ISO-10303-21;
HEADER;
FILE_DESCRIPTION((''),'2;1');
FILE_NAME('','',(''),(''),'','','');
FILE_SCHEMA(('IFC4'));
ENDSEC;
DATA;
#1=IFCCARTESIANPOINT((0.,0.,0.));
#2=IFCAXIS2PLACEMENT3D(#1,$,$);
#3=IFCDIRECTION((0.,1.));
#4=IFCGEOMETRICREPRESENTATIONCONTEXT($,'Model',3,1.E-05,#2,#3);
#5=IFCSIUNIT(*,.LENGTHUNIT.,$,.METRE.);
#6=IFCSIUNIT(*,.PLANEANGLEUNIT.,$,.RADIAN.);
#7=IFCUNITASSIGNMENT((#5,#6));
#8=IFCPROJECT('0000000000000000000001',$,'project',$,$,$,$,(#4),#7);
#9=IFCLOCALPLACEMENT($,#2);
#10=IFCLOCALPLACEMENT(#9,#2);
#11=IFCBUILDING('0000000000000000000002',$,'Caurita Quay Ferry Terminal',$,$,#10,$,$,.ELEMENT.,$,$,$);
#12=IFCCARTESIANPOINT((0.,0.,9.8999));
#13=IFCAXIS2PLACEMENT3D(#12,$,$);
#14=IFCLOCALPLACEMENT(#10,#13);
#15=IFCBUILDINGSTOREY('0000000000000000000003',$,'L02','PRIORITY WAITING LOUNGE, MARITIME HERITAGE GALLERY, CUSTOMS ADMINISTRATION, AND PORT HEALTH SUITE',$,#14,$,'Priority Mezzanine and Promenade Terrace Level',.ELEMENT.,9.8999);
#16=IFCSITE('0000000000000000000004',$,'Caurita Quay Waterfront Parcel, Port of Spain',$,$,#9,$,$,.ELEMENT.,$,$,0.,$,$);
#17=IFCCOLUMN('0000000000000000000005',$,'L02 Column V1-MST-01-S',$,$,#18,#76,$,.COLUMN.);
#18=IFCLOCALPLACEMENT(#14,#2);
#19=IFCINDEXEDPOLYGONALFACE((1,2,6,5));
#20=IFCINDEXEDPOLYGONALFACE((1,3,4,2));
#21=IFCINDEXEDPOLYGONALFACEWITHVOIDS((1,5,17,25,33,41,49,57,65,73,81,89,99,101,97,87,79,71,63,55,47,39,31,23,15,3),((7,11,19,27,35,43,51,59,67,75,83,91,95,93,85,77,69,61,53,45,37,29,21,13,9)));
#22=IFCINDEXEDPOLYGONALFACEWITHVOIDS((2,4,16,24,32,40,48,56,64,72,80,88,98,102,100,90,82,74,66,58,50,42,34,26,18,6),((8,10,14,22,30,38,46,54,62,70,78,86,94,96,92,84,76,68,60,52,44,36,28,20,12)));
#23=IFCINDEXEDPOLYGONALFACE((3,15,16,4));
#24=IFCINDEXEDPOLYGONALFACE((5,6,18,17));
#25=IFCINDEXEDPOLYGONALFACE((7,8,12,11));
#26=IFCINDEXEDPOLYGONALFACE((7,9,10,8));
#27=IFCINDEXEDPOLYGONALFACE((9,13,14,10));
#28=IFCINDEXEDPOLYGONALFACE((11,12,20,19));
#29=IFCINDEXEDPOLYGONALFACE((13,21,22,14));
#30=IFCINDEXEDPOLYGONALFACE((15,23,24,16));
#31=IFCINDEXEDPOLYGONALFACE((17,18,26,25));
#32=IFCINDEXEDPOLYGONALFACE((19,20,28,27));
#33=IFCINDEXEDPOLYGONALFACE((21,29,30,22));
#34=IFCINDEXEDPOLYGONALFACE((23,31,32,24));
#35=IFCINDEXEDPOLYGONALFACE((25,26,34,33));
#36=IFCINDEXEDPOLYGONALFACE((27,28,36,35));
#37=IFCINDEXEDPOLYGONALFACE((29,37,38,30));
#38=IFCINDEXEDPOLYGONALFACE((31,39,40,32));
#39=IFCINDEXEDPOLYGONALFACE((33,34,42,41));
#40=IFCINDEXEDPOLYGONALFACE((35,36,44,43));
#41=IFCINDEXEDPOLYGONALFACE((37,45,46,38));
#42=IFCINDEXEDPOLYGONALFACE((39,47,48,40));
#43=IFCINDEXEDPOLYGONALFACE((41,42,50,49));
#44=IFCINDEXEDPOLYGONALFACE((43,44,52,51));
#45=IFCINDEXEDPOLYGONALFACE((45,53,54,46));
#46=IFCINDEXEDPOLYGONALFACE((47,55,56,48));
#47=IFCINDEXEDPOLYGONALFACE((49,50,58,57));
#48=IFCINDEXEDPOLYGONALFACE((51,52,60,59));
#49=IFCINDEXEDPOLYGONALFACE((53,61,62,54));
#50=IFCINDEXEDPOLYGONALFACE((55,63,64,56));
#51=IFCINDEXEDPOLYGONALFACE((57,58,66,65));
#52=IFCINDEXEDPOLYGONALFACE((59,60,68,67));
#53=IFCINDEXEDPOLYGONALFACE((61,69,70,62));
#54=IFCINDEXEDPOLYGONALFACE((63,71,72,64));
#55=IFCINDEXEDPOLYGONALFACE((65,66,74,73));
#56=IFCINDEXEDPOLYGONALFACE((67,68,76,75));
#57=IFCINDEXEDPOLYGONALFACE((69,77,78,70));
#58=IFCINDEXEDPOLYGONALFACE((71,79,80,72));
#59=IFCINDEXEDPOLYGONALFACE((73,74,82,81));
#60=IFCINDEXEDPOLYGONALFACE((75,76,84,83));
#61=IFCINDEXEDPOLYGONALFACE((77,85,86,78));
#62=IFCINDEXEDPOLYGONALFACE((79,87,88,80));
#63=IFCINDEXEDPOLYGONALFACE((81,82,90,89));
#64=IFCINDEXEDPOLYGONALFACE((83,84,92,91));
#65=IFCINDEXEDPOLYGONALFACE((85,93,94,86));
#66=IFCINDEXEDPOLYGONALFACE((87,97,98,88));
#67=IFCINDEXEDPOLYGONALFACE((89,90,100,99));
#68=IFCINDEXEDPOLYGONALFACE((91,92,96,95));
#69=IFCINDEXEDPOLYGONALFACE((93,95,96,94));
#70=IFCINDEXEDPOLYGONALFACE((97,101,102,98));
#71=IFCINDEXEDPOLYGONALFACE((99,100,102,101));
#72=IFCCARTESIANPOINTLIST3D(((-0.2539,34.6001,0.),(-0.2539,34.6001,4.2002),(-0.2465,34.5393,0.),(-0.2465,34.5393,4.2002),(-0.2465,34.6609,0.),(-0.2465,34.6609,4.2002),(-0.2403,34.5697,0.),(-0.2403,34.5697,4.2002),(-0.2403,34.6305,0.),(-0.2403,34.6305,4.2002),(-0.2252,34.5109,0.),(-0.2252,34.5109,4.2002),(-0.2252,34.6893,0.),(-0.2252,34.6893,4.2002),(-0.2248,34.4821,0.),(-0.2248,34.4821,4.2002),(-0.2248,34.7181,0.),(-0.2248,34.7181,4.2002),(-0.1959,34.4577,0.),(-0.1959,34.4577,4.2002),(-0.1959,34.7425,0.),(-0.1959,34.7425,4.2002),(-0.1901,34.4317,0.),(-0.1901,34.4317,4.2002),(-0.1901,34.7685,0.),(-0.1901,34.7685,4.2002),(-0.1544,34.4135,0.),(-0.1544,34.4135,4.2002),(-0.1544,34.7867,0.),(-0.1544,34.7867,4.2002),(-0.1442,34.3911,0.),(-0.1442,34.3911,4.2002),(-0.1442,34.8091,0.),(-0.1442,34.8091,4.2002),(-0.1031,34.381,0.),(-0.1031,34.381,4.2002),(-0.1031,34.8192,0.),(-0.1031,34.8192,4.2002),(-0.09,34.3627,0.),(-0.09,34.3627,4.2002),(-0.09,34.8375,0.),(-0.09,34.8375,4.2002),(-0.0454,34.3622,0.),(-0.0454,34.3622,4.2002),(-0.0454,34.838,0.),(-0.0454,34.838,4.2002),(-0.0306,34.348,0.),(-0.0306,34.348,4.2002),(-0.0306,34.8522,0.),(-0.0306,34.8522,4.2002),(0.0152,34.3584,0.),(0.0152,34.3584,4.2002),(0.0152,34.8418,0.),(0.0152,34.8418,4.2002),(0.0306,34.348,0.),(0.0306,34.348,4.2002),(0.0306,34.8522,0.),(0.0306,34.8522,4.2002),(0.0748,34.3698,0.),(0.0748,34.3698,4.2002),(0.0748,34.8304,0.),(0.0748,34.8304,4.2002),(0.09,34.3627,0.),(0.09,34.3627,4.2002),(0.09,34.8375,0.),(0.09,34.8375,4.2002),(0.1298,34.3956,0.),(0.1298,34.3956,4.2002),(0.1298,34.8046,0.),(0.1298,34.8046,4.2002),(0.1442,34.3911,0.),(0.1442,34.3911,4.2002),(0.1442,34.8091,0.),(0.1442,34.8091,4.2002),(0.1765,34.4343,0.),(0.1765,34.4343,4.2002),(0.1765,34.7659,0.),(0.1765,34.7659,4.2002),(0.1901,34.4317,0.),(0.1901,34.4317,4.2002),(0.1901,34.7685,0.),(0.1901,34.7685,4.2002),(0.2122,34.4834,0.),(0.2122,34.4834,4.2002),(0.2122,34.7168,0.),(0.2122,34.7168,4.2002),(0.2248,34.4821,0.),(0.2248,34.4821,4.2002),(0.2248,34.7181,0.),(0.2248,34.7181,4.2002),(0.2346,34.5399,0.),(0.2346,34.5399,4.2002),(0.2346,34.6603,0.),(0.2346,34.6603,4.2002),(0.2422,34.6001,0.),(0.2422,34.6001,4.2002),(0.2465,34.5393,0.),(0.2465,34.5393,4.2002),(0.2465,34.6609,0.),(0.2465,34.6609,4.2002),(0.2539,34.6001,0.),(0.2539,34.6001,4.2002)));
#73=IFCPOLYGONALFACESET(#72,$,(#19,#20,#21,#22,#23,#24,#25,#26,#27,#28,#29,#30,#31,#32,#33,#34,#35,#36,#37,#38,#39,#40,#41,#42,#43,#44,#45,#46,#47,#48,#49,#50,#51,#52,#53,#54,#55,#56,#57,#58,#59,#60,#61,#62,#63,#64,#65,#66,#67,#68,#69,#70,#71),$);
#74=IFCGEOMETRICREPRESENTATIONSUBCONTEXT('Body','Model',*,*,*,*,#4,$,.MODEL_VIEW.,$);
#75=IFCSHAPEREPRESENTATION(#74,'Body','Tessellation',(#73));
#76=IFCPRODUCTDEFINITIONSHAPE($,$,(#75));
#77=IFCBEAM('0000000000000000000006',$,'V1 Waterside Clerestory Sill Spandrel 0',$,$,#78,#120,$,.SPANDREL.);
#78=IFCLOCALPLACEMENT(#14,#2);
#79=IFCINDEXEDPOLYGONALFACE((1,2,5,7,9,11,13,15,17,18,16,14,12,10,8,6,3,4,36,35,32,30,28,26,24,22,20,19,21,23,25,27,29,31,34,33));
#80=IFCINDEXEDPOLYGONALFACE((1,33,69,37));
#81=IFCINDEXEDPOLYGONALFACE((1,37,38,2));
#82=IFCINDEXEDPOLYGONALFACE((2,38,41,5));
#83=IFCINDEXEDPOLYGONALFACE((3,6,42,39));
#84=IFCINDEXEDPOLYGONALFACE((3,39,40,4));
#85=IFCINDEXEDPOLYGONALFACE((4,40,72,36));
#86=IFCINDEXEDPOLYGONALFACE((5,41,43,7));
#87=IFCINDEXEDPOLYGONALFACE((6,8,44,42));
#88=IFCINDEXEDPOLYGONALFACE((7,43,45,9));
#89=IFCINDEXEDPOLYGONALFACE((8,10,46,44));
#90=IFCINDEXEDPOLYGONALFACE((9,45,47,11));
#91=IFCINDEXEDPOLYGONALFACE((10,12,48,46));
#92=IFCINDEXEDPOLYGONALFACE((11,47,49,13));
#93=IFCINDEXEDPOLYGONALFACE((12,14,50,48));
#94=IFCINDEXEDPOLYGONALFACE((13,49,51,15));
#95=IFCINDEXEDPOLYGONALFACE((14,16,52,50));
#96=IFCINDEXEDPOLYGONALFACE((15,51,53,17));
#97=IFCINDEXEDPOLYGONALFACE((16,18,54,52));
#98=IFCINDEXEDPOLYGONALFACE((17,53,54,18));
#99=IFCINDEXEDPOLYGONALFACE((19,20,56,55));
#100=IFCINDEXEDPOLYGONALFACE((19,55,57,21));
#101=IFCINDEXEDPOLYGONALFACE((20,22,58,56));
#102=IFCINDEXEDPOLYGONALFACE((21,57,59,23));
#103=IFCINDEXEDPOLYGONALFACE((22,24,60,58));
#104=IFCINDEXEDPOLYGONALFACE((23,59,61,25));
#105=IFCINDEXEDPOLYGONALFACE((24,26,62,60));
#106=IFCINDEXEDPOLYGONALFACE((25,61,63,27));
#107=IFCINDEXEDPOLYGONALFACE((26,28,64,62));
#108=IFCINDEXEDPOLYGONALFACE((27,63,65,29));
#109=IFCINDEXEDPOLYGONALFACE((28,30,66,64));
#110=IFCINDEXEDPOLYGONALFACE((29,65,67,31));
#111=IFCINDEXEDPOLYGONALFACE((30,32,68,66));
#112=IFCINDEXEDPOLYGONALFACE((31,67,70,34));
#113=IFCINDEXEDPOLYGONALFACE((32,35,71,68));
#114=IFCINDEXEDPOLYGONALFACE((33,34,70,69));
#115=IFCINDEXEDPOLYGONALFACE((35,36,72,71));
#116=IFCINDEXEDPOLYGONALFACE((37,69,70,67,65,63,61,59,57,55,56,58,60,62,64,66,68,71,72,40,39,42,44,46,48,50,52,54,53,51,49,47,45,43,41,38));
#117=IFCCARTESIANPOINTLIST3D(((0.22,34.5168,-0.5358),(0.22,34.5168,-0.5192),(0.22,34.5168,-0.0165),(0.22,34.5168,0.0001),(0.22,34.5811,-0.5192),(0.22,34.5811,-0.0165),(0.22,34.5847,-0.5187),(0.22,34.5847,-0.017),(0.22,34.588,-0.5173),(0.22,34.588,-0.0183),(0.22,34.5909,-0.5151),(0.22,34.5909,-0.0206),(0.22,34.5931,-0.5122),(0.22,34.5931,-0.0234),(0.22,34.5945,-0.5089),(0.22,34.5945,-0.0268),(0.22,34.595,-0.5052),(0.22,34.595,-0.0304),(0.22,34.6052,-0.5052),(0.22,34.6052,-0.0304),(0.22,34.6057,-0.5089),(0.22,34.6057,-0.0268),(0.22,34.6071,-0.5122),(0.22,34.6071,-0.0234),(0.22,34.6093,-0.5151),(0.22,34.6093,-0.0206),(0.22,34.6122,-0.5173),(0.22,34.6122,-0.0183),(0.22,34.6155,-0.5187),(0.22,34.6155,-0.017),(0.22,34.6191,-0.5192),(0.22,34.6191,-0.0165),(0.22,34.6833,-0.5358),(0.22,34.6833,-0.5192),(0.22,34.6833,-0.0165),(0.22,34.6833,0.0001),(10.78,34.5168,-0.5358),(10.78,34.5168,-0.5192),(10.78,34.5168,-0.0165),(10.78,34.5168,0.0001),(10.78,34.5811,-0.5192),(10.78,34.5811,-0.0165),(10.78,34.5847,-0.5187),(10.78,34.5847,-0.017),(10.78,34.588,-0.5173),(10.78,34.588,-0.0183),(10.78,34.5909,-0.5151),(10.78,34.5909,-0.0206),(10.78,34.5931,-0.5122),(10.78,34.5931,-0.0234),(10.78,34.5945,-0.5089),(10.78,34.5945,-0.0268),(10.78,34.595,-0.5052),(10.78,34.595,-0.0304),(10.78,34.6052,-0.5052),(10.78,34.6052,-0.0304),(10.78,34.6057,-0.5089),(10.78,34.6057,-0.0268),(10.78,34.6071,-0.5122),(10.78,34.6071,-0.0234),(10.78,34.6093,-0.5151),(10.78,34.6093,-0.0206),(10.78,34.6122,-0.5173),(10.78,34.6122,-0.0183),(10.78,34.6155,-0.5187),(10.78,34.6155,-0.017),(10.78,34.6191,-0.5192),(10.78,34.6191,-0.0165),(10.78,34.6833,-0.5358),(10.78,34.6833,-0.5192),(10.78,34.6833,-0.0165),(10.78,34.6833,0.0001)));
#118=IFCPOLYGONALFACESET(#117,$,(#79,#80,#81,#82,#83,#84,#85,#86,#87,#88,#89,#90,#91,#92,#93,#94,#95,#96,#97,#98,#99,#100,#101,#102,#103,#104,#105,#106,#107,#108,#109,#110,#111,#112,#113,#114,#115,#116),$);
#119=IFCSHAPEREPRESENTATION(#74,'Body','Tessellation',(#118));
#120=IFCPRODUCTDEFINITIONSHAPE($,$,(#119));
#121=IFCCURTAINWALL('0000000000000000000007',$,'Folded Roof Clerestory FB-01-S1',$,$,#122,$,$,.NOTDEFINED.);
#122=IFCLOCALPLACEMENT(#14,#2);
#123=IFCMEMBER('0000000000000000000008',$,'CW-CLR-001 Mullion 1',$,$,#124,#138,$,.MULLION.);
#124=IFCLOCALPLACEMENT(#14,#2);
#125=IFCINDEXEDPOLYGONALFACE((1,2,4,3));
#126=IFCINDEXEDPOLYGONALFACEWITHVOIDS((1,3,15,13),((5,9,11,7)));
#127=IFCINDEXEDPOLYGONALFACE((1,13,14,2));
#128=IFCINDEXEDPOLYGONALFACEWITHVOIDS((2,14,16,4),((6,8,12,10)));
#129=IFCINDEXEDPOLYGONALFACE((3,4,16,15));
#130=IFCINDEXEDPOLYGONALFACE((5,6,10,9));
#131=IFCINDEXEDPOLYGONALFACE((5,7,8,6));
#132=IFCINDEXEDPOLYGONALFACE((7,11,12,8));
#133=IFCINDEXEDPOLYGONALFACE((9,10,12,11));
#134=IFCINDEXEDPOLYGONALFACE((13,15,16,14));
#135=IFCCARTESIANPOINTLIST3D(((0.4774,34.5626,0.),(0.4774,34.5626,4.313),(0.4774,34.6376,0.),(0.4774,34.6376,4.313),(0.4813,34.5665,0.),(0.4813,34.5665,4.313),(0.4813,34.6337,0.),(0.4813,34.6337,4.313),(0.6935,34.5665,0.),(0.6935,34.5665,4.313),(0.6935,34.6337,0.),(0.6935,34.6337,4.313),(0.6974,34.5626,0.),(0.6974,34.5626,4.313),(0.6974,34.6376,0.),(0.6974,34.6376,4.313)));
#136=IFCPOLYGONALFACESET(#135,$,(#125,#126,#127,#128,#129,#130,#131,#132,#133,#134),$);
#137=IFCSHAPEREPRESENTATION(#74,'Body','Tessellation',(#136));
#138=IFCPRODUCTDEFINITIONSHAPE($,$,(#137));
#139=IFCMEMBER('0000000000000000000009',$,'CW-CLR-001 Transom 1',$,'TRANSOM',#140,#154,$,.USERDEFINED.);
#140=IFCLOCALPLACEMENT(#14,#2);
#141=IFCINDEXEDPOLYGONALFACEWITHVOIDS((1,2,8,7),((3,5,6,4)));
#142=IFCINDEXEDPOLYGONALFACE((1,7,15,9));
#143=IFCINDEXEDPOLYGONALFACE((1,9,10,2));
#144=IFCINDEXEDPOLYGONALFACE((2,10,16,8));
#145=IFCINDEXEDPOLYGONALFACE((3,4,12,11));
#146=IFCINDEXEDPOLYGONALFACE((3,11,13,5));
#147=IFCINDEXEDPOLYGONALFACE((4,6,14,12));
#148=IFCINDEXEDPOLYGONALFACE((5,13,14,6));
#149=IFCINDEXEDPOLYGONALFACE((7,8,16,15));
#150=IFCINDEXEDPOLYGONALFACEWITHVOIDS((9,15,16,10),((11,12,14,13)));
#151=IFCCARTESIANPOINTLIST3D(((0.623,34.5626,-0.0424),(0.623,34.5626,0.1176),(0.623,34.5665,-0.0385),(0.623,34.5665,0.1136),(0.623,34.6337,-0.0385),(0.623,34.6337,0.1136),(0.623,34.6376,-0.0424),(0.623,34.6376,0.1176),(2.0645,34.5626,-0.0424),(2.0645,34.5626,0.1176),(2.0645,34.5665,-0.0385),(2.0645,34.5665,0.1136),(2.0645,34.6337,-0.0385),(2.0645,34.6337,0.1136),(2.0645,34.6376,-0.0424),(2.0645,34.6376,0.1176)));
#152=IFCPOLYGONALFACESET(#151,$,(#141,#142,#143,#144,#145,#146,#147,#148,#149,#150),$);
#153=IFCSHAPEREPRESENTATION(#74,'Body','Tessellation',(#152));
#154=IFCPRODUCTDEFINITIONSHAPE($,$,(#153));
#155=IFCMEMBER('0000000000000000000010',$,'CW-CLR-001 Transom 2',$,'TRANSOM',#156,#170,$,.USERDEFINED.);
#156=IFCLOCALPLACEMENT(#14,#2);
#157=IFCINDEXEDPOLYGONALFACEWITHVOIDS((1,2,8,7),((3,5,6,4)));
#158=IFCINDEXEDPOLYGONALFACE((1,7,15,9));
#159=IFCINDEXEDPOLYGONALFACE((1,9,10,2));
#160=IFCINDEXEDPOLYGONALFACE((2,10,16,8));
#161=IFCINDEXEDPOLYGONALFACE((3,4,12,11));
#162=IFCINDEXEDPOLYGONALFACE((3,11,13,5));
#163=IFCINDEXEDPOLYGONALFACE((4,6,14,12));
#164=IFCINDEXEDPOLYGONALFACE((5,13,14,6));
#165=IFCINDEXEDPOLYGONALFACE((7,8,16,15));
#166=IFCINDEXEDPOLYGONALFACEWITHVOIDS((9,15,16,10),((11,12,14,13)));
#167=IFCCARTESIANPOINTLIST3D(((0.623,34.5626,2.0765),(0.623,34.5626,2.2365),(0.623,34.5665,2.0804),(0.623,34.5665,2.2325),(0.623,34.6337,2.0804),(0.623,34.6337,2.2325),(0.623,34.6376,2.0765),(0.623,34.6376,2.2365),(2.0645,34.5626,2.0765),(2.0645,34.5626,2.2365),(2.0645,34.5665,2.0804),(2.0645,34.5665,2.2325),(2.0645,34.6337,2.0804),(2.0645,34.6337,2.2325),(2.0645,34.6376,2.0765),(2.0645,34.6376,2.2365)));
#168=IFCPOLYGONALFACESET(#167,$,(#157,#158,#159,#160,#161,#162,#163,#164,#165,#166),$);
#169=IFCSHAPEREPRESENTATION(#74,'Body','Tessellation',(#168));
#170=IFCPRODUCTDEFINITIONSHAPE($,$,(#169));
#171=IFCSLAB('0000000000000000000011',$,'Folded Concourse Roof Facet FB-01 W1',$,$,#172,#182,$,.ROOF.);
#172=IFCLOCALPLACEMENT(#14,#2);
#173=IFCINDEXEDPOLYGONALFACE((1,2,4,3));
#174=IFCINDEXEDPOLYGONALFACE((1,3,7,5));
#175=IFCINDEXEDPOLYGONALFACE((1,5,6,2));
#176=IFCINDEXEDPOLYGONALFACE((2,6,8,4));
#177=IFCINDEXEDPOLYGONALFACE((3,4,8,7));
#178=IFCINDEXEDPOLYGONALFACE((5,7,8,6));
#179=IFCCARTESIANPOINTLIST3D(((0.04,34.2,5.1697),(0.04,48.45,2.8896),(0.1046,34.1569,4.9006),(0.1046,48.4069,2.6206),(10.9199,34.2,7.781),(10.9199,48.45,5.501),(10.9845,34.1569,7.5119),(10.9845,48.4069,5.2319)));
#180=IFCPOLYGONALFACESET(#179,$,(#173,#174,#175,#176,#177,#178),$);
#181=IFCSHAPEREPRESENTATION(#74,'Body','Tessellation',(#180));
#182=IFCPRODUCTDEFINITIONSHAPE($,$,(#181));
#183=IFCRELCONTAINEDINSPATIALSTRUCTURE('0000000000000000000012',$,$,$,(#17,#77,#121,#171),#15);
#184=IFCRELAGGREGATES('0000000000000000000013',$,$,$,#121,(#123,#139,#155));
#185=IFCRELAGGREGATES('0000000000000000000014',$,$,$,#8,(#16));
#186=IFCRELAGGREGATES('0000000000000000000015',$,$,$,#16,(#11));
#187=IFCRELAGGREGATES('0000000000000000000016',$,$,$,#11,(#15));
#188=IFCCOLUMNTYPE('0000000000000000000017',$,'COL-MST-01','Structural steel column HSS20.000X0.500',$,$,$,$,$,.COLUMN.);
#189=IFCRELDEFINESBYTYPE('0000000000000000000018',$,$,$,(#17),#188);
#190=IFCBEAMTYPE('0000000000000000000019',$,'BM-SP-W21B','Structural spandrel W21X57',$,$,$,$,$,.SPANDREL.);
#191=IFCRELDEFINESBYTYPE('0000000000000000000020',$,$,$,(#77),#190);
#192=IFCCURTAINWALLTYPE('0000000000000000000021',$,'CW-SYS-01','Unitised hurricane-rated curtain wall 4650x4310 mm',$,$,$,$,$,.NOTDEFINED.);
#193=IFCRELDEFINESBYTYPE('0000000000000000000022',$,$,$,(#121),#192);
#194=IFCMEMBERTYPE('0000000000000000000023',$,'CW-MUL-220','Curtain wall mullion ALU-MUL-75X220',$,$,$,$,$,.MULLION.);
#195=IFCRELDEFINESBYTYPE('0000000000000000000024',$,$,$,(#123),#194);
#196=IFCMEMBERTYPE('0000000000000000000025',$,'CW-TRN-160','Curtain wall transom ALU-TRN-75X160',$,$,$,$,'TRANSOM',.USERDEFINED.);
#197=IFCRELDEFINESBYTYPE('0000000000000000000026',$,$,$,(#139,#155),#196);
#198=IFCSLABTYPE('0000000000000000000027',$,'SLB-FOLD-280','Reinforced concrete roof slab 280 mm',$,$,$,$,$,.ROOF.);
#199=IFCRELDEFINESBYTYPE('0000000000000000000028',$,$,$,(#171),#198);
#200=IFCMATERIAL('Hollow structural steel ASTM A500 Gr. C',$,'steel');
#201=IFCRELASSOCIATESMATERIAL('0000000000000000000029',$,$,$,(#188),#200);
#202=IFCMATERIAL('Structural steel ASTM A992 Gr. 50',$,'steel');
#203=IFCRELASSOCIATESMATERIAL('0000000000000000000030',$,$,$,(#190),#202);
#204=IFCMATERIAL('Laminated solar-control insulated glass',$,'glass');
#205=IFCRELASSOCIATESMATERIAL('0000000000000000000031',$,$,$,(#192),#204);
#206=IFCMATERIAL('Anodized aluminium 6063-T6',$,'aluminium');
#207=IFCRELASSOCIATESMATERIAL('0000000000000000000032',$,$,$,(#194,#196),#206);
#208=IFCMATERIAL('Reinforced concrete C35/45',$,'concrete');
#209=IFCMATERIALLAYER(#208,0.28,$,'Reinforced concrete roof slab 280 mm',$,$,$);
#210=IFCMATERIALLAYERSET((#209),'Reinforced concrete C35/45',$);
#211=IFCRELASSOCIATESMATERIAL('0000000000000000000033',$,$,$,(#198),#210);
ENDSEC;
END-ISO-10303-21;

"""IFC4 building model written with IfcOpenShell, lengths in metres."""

from ifc_helpers import new_model, si_unit, direction, frame, origin, origin_2d, place, context, subcontext, project, spatial, polyline, hollow_rectangle, hollow_circle, i_section, outline, extrude, material, layer, layer_set, material_profile, profile_set, type_object, element, aggregate, save


model = new_model("IFC4")

# Units and contexts
model_context = context("Model", 3, precision=1e-05, world=origin(), true_north=direction((0.0, 1.0)))
body_context = subcontext(model_context, "Body", "Model", "MODEL_VIEW")
ifc_project = project(units=[si_unit("LENGTHUNIT", "METRE"), si_unit("PLANEANGLEUNIT", "RADIAN")], contexts=[model_context])

# Site, building, storey
site_placement = place(None, origin())
site = spatial("IfcSite", under=ifc_project, at=site_placement, Name="Caurita Quay Waterfront Parcel, Port of Spain", CompositionType="ELEMENT", RefElevation=0.0)
building_placement = place(site_placement, origin())
building = spatial("IfcBuilding", under=site, at=building_placement, Name="Caurita Quay Ferry Terminal", CompositionType="ELEMENT")
storey_placement = place(building_placement, frame((0.0, 0.0, 9.8999)))
storey = spatial("IfcBuildingStorey", under=building, at=storey_placement, Name="L02", Description="PRIORITY WAITING LOUNGE, MARITIME HERITAGE GALLERY, CUSTOMS ADMINISTRATION, AND PORT HEALTH SUITE", LongName="Priority Mezzanine and Promenade Terrace Level", CompositionType="ELEMENT", Elevation=9.8999)

# Column
ifc_material_1 = material(Name="Hollow structural steel ASTM A500 Gr. C", Category="steel")
ifc_material_profile_1 = material_profile(ifc_material_1, hollow_circle(Radius=0.2539, WallThickness=0.0117, at=origin_2d()), Name="HSS20.000X0.500")
ifc_profile_set_1 = profile_set([ifc_material_profile_1], Name="Hollow structural steel ASTM A500 Gr. C")
column_type = type_object("IfcColumnType", Name="COL-MST-01", Description="Structural steel column HSS20.000X0.500", PredefinedType="COLUMN", material=ifc_profile_set_1)
column_placement = place(storey_placement, frame((0.0, 34.6001, 0.0), z_axis=(0.0, 0.0, 1.0), x_axis=(1.0, 0.0, 0.0)))
element("IfcColumn", 1, at=column_placement, inside=storey, type_object=column_type, Name="L02 Column V1-MST-01-S", PredefinedType="COLUMN", context=body_context, shape_type="SweptSolid", body=[
    extrude(hollow_circle(Radius=0.2539, WallThickness=0.0117, at=origin_2d()), origin(), (0.0, 0.0, 1.0), 4.2002),
])

# Beam
ifc_material_2 = material(Name="Structural steel ASTM A992 Gr. 50", Category="steel")
ifc_material_profile_2 = material_profile(ifc_material_2, i_section(OverallWidth=0.1665, OverallDepth=0.5359, WebThickness=0.0103, FlangeThickness=0.0166, FilletRadius=0.0139, at=origin_2d()), Name="W21X57")
ifc_profile_set_2 = profile_set([ifc_material_profile_2], Name="Structural steel ASTM A992 Gr. 50")
beam_type = type_object("IfcBeamType", Name="BM-SP-W21B", Description="Structural spandrel W21X57", PredefinedType="SPANDREL", material=ifc_profile_set_2)
beam_placement = place(storey_placement, frame((0.22, 34.6001, -0.2678), z_axis=(1.0, 0.0, 0.0), x_axis=(0.0, 1.0, 0.0)))
element("IfcBeam", 2, at=beam_placement, inside=storey, type_object=beam_type, Name="V1 Waterside Clerestory Sill Spandrel 0", PredefinedType="SPANDREL", context=body_context, shape_type="SweptSolid", body=[
    extrude(i_section(OverallWidth=0.1665, OverallDepth=0.5359, WebThickness=0.0103, FlangeThickness=0.0166, FilletRadius=0.0139, at=origin_2d()), origin(), (0.0, 0.0, 1.0), 10.5601),
])

# Curtain wall, members
ifc_material_3 = material(Name="Laminated solar-control insulated glass", Category="glass")
curtain_wall_type = type_object("IfcCurtainWallType", Name="CW-SYS-01", Description="Unitised hurricane-rated curtain wall 4650x4310 mm", PredefinedType="NOTDEFINED", material=ifc_material_3)
curtain_wall_placement = place(storey_placement, origin())
curtain_wall = element("IfcCurtainWall", 3, at=curtain_wall_placement, inside=storey, type_object=curtain_wall_type, Name="Folded Roof Clerestory FB-01-S1", PredefinedType="NOTDEFINED")
ifc_material_4 = material(Name="Anodized aluminium 6063-T6", Category="aluminium")
ifc_material_profile_3 = material_profile(ifc_material_4, hollow_rectangle(XDim=0.075, YDim=0.22, WallThickness=0.0039, at=origin_2d()), Name="ALU-MUL-75X220")
ifc_profile_set_3 = profile_set([ifc_material_profile_3], Name="Anodized aluminium 6063-T6")
member_type_1 = type_object("IfcMemberType", Name="CW-MUL-220", Description="Curtain wall mullion ALU-MUL-75X220", PredefinedType="MULLION", material=ifc_profile_set_3)
member_1_placement = place(storey_placement, frame((0.5874, 34.6001, 0.0), z_axis=(0.0, 0.0, 1.0), x_axis=(0.0, 1.0, 0.0)))
member_1 = element("IfcMember", 4, at=member_1_placement, type_object=member_type_1, Name="CW-CLR-001 Mullion 1", PredefinedType="MULLION", context=body_context, shape_type="SweptSolid", body=[
    extrude(hollow_rectangle(XDim=0.075, YDim=0.22, WallThickness=0.0039, at=origin_2d()), origin(), (0.0, 0.0, 1.0), 4.313),
])
ifc_material_profile_4 = material_profile(ifc_material_4, hollow_rectangle(XDim=0.075, YDim=0.1599, WallThickness=0.0039, at=origin_2d()), Name="ALU-TRN-75X160")
ifc_profile_set_4 = profile_set([ifc_material_profile_4], Name="Anodized aluminium 6063-T6")
member_type_2 = type_object("IfcMemberType", Name="CW-TRN-160", Description="Curtain wall transom ALU-TRN-75X160", ElementType="TRANSOM", PredefinedType="USERDEFINED", material=ifc_profile_set_4)
member_2_placement = place(storey_placement, frame((0.623, 34.6001, 0.0376), z_axis=(1.0, 0.0, 0.0), x_axis=(0.0, 1.0, 0.0)))
member_2 = element("IfcMember", 5, at=member_2_placement, type_object=member_type_2, Name="CW-CLR-001 Transom 1", ObjectType="TRANSOM", PredefinedType="USERDEFINED", context=body_context, shape_type="SweptSolid", body=[
    extrude(hollow_rectangle(XDim=0.075, YDim=0.1599, WallThickness=0.0039, at=origin_2d()), origin(), (0.0, 0.0, 1.0), 1.4414),
])
member_3_placement = place(storey_placement, frame((0.623, 34.6001, 2.1565), z_axis=(1.0, 0.0, 0.0), x_axis=(0.0, 1.0, 0.0)))
member_3 = element("IfcMember", 6, at=member_3_placement, type_object=member_type_2, Name="CW-CLR-001 Transom 2", ObjectType="TRANSOM", PredefinedType="USERDEFINED", context=body_context, shape_type="SweptSolid", body=[
    extrude(hollow_rectangle(XDim=0.075, YDim=0.1599, WallThickness=0.0039, at=origin_2d()), origin(), (0.0, 0.0, 1.0), 1.4414),
])
aggregate(curtain_wall, [member_1, member_2, member_3])

# Slab
ifc_material_5 = material(Name="Reinforced concrete C35/45", Category="concrete")
ifc_layer_1 = layer(ifc_material_5, 0.28, Name="Reinforced concrete roof slab 280 mm")
ifc_layer_set_1 = layer_set([ifc_layer_1], Name="Reinforced concrete C35/45")
slab_type = type_object("IfcSlabType", Name="SLB-FOLD-280", Description="Reinforced concrete roof slab 280 mm", PredefinedType="ROOF", material=ifc_layer_set_1)
slab_placement = place(storey_placement, frame((0.04, 34.2, 5.1697), z_axis=(-0.230612, 0.153734, 0.960825), x_axis=(0.972384, 0.0, 0.233386)))
element("IfcSlab", 7, at=slab_placement, inside=storey, type_object=slab_type, Name="Folded Concourse Roof Facet FB-01 W1", PredefinedType="ROOF", context=body_context, shape_type="SweptSolid", body=[
    extrude(outline(polyline([(0.0, 0.0), (11.1889, 0.0), (10.6567, 14.4214), (-0.5321, 14.4214), (0.0, 0.0)])), origin(), (0.0, 0.0, -1.0), 0.28),
])

save(model, "model.ifc")
